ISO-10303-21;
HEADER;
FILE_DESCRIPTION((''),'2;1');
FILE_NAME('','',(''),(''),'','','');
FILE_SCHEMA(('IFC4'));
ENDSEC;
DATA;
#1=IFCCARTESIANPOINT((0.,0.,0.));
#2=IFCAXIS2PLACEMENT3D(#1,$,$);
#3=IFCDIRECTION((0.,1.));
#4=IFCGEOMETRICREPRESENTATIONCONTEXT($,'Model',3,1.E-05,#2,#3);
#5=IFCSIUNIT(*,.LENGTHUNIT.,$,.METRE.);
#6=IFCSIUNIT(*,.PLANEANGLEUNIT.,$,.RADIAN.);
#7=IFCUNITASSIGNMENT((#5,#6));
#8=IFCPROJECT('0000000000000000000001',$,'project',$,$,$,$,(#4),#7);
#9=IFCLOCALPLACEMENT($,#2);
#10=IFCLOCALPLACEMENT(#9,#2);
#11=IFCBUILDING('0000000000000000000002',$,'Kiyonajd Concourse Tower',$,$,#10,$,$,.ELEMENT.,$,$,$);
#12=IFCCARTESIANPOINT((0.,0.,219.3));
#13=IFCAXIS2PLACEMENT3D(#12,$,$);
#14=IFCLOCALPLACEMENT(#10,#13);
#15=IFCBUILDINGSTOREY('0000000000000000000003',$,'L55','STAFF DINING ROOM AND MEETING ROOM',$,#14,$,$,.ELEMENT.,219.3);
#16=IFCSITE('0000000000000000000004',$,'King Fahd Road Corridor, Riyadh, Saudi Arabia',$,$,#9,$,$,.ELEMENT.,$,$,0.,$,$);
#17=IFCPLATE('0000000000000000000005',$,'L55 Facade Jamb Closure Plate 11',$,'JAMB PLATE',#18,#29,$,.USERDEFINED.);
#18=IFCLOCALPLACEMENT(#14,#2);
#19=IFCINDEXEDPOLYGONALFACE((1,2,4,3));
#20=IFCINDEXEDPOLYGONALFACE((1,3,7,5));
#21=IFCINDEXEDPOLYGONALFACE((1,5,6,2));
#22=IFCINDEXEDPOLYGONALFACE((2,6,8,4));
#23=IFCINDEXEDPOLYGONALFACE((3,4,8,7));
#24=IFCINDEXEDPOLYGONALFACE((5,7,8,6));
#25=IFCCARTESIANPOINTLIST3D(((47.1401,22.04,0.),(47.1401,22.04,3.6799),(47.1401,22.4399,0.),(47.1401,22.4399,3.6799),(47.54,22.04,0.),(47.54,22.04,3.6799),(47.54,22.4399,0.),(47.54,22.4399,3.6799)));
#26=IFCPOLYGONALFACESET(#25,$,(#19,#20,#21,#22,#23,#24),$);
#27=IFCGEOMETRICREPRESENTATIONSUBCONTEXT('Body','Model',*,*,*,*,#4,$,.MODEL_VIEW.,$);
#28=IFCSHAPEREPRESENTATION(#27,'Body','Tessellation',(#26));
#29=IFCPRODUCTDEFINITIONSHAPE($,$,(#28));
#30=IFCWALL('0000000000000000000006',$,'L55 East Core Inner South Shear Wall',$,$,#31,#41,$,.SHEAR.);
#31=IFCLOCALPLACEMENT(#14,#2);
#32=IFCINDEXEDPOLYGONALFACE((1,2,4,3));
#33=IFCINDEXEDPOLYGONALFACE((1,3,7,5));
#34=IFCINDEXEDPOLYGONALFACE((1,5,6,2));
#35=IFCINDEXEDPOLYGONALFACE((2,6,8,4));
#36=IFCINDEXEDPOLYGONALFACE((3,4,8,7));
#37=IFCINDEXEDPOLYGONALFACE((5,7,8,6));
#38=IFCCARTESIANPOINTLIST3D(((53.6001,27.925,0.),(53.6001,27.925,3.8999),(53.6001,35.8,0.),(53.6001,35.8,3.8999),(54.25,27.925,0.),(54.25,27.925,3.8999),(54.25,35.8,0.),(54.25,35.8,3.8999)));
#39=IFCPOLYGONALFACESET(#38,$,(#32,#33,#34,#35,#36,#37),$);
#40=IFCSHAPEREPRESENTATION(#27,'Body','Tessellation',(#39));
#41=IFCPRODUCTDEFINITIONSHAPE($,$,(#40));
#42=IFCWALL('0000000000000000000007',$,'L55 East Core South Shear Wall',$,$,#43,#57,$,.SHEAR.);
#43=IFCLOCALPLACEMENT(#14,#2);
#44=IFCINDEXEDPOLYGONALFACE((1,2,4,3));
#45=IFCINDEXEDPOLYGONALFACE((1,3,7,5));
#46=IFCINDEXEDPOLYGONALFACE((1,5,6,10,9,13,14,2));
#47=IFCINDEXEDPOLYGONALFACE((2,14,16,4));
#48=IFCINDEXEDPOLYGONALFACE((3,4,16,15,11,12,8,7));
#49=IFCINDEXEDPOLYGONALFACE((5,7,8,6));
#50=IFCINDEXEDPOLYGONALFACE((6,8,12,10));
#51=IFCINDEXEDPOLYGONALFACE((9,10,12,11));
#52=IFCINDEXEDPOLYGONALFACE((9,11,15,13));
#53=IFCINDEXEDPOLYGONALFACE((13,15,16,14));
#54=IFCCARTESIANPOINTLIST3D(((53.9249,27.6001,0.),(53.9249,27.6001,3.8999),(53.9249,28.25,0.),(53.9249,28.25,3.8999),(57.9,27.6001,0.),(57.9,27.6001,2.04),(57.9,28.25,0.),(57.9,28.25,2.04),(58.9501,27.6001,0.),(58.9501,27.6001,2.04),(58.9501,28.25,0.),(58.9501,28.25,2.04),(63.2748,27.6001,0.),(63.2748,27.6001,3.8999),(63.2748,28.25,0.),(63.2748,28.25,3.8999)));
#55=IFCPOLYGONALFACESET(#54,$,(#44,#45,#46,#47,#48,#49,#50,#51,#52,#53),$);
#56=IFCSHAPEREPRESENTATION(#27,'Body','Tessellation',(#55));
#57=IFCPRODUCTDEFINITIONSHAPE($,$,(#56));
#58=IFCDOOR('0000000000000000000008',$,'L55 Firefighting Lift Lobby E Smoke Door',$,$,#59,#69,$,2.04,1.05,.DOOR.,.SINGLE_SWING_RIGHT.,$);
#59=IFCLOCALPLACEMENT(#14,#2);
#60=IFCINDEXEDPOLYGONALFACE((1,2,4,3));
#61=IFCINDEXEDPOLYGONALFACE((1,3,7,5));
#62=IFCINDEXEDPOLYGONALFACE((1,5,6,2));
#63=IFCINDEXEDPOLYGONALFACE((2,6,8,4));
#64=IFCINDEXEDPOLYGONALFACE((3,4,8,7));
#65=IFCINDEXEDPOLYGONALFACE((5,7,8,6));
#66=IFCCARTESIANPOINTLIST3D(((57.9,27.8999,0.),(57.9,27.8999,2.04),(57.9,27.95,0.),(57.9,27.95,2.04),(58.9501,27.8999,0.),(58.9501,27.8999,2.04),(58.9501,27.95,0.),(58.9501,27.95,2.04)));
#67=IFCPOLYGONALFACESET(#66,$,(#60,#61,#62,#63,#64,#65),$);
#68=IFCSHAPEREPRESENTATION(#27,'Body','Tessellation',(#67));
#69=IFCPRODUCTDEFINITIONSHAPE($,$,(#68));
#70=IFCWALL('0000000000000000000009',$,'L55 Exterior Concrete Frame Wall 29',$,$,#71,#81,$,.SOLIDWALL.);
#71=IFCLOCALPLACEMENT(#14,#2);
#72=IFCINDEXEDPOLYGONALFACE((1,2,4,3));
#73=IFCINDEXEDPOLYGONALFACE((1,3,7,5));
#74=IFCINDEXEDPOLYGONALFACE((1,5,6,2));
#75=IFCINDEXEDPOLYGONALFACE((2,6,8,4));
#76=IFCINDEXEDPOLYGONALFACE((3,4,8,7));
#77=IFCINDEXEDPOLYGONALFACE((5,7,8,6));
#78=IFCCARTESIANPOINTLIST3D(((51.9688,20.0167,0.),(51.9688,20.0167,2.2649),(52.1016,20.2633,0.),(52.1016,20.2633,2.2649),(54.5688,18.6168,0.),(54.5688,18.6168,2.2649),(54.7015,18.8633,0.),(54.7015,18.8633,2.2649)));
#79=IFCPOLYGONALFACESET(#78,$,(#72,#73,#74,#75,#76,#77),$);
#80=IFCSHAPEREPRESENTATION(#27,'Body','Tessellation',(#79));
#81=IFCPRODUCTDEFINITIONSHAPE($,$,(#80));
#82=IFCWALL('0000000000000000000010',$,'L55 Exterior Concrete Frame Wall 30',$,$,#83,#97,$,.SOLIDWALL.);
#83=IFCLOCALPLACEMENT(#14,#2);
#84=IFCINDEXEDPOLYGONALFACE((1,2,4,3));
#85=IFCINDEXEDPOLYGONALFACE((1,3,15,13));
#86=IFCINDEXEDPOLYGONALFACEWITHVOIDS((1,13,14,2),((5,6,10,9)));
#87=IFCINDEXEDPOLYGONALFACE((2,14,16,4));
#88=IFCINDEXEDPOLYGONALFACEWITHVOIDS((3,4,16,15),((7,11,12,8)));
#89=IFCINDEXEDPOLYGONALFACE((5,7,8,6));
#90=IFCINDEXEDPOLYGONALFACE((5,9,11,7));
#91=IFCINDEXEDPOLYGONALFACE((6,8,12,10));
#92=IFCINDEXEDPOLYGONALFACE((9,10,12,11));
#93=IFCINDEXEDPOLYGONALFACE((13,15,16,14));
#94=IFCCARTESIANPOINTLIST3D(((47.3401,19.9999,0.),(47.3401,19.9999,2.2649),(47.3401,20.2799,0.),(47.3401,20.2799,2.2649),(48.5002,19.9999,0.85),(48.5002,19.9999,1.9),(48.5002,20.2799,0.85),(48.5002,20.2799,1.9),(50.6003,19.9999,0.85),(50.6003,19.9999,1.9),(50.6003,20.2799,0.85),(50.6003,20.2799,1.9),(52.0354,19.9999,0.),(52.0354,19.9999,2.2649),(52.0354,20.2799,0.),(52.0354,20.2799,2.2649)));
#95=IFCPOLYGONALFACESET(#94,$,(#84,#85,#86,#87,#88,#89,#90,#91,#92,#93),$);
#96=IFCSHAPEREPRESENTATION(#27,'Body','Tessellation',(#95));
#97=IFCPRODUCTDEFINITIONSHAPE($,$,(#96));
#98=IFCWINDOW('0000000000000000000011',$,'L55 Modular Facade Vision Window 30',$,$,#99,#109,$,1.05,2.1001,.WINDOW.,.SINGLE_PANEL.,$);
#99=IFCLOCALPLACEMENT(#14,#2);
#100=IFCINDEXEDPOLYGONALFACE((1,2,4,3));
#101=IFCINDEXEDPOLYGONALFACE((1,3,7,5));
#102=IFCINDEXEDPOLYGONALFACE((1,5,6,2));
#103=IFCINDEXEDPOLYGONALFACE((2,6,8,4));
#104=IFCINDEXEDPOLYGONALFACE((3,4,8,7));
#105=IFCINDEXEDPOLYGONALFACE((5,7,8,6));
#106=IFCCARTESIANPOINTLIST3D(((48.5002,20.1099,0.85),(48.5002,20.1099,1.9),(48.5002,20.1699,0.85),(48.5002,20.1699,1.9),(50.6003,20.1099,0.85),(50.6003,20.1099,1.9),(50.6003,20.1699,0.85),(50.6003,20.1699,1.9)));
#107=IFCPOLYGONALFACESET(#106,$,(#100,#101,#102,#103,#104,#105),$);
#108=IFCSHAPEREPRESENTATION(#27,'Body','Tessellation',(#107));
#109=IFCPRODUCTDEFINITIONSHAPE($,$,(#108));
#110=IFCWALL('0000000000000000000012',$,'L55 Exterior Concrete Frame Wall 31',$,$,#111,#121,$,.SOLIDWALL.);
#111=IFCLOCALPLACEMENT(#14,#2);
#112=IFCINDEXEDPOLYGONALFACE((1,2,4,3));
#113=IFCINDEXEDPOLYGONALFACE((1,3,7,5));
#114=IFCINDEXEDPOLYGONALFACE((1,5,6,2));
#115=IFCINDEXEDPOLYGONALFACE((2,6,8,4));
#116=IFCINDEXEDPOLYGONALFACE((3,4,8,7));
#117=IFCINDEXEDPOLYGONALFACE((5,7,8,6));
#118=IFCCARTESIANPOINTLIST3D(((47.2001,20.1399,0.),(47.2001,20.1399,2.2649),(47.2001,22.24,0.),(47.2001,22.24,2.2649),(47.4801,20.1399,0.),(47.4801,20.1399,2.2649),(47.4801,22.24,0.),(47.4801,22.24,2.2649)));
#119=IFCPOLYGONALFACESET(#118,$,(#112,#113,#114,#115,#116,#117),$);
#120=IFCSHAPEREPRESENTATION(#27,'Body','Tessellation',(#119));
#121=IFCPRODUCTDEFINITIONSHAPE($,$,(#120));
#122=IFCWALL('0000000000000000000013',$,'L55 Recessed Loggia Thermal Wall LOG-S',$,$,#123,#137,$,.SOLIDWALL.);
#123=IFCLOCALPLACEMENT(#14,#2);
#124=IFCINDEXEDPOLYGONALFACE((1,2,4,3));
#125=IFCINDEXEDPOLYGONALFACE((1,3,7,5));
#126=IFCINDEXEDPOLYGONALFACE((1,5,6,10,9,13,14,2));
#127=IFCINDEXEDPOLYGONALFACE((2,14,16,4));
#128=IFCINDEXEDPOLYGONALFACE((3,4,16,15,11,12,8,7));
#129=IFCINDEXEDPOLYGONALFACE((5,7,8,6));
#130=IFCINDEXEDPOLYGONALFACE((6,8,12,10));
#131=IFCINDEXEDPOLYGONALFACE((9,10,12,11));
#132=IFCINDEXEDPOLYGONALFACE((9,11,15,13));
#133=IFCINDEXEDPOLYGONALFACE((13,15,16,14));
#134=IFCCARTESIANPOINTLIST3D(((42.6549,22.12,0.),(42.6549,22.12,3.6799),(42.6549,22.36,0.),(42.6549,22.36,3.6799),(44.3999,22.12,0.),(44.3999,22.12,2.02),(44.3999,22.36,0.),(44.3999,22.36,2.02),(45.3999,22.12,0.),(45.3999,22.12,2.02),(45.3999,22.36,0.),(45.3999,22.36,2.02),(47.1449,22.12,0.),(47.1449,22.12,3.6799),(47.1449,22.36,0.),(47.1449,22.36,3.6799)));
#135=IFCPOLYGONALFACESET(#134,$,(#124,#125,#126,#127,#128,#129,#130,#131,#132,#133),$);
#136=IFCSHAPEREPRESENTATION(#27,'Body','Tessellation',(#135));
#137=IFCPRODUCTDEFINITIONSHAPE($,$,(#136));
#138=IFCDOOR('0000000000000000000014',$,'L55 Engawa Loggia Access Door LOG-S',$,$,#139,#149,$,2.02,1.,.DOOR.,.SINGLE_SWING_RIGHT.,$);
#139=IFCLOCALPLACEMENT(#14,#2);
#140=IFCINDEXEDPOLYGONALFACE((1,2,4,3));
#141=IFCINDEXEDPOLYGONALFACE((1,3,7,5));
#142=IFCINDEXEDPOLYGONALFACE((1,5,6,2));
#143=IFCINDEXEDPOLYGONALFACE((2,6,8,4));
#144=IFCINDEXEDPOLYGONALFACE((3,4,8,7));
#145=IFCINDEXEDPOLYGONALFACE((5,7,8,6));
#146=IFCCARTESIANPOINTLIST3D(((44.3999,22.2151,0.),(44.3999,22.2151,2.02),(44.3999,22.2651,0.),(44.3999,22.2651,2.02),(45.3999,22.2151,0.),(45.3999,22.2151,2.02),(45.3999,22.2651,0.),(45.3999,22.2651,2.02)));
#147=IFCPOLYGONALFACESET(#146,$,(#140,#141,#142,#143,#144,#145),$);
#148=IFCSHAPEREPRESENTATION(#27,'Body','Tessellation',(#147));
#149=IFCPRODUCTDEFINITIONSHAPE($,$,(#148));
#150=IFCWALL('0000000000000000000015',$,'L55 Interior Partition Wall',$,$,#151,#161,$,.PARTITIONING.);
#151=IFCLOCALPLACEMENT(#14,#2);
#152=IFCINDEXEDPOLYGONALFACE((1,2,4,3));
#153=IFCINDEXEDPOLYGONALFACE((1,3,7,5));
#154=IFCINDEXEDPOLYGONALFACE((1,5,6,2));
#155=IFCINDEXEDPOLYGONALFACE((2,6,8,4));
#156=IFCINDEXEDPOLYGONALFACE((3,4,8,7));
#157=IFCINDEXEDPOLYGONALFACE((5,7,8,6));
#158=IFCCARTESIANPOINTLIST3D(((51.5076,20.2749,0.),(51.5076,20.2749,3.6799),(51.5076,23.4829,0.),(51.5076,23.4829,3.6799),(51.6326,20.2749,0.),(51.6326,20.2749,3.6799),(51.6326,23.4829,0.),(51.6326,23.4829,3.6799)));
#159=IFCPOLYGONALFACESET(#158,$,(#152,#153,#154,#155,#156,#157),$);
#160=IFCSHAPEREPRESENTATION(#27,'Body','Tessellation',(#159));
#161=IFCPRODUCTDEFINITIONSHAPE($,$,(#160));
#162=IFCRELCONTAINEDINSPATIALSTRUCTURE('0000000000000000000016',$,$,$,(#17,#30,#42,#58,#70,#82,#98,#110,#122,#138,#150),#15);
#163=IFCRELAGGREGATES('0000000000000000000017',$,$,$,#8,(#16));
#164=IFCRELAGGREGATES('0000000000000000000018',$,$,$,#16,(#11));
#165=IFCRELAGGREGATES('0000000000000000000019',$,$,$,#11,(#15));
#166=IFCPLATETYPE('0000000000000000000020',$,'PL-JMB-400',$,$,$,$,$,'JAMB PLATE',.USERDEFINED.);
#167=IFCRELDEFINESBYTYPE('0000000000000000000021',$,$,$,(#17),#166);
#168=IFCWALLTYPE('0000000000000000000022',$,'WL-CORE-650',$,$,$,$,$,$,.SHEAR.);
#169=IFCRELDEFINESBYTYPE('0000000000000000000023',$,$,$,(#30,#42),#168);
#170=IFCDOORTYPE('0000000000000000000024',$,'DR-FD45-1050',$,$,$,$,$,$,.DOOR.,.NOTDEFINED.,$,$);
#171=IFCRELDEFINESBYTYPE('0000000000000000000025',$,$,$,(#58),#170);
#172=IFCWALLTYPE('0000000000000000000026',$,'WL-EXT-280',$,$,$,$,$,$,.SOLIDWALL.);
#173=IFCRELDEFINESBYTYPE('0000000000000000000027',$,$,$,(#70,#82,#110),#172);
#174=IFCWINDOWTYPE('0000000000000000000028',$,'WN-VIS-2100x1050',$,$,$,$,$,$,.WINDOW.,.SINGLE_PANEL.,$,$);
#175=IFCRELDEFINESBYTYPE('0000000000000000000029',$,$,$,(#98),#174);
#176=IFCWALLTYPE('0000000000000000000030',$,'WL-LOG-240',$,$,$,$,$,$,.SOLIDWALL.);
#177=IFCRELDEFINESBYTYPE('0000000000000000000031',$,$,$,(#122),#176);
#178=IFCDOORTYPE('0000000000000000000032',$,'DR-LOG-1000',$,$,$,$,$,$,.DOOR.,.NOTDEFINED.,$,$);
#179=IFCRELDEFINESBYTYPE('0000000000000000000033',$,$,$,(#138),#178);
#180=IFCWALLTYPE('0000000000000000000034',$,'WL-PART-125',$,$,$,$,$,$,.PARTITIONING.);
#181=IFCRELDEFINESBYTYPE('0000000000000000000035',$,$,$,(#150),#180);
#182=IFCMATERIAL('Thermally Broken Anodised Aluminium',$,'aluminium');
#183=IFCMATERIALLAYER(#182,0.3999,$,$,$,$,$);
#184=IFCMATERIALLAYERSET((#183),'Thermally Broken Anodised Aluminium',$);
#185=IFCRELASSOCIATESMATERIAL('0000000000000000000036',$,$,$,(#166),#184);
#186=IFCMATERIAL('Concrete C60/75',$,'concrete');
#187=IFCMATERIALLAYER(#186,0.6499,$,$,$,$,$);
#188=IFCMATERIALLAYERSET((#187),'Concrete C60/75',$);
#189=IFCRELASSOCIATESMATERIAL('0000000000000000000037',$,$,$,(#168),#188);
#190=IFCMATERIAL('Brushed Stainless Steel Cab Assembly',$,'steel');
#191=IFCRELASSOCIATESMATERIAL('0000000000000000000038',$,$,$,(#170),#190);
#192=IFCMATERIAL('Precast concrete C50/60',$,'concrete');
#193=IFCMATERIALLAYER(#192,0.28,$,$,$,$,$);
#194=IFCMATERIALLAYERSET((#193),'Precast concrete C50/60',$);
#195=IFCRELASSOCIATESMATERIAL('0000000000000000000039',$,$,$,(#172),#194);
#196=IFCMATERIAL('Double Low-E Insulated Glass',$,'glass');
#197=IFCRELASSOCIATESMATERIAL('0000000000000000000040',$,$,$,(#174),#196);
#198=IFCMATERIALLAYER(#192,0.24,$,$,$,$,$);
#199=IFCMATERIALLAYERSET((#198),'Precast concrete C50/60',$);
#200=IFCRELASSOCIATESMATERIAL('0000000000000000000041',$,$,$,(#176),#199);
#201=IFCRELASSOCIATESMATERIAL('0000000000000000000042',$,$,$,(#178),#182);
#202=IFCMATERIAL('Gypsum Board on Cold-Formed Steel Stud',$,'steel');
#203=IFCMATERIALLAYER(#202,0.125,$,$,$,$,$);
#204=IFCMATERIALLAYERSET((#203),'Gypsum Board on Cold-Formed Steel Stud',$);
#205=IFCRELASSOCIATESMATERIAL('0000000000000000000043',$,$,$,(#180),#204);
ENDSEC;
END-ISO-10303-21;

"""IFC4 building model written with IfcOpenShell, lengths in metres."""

from ifc_helpers import new_model, si_unit, direction, frame, frame_2d, origin, origin_2d, place, context, subcontext, project, spatial, rectangle, extrude, material, layer, layer_set, type_object, element, fill, save


model = new_model("IFC4")

# Units and contexts
model_context = context("Model", 3, precision=1e-05, world=origin(), true_north=direction((0.0, 1.0)))
body_context = subcontext(model_context, "Body", "Model", "MODEL_VIEW")
ifc_project = project(units=[si_unit("LENGTHUNIT", "METRE"), si_unit("PLANEANGLEUNIT", "RADIAN")], contexts=[model_context])

# Site, building, storey
site_placement = place(None, origin())
site = spatial("IfcSite", under=ifc_project, at=site_placement, Name="King Fahd Road Corridor, Riyadh, Saudi Arabia", CompositionType="ELEMENT", RefElevation=0.0)
building_placement = place(site_placement, origin())
building = spatial("IfcBuilding", under=site, at=building_placement, Name="Kiyonajd Concourse Tower", CompositionType="ELEMENT")
storey_placement = place(building_placement, frame((0.0, 0.0, 219.3)))
storey = spatial("IfcBuildingStorey", under=building, at=storey_placement, Name="L55", Description="STAFF DINING ROOM AND MEETING ROOM", CompositionType="ELEMENT", Elevation=219.3)

# Shared definitions
ifc_material_1 = material(Name="Concrete C60/75", Category="concrete")

# Plate
ifc_material_2 = material(Name="Thermally Broken Anodised Aluminium", Category="aluminium")
ifc_layer_1 = layer(ifc_material_2, 0.3999)
ifc_layer_set_1 = layer_set([ifc_layer_1], Name="Thermally Broken Anodised Aluminium")
plate_type_1 = type_object("IfcPlateType", Name="PL-JMB-400", ElementType="JAMB PLATE", PredefinedType="USERDEFINED", material=ifc_layer_set_1)
plate_placement = place(storey_placement, frame((47.3401, 22.24, 0.0), z_axis=(0.0, 0.0, 1.0), x_axis=(1.0, 0.0, 0.0)))
element("IfcPlate", 1, at=plate_placement, inside=storey, type_object=plate_type_1, Name="L55 Facade Jamb Closure Plate 11", ObjectType="JAMB PLATE", PredefinedType="USERDEFINED", context=body_context, shape_type="SweptSolid", body=[
    extrude(rectangle(XDim=0.3999, YDim=0.3999, at=origin_2d()), origin(), (0.0, 0.0, 1.0), 3.6799),
])

# Wall
ifc_layer_2 = layer(ifc_material_1, 0.6499)
ifc_layer_set_2 = layer_set([ifc_layer_2], Name="Concrete C60/75")
wall_type_1 = type_object("IfcWallType", Name="WL-CORE-650", PredefinedType="SHEAR", material=ifc_layer_set_2)
wall_1_placement = place(storey_placement, frame((53.925, 27.925, 0.0), z_axis=(0.0, 0.0, 1.0), x_axis=(0.0, 1.0, 0.0)))
element("IfcWall", 2, at=wall_1_placement, inside=storey, type_object=wall_type_1, Name="L55 East Core Inner South Shear Wall", PredefinedType="SHEAR", context=body_context, shape_type="SweptSolid", body=[
    extrude(rectangle(XDim=7.875, YDim=0.6499, at=frame_2d((3.9375, 0.0))), origin(), (0.0, 0.0, 1.0), 3.8999),
])

# Wall, opening, door
wall_2_placement = place(storey_placement, frame((53.925, 27.925, 0.0), z_axis=(0.0, 0.0, 1.0), x_axis=(1.0, 0.0, 0.0)))
wall_2 = element("IfcWall", 3, at=wall_2_placement, inside=storey, type_object=wall_type_1, Name="L55 East Core South Shear Wall", PredefinedType="SHEAR", context=body_context, shape_type="SweptSolid", body=[
    extrude(rectangle(XDim=9.3499, YDim=0.6499, at=frame_2d((4.6748, 0.0))), origin(), (0.0, 0.0, 1.0), 3.8999),
])
opening_1_placement = place(wall_2_placement, frame((3.9751, 0.0, 0.0)))
opening_1 = element("IfcOpeningElement", 4, at=opening_1_placement, cuts=wall_2, PredefinedType="OPENING", context=body_context, shape_type="SweptSolid", body=[
    extrude(rectangle(XDim=1.05, YDim=2.04, at=frame_2d((0.5249, 1.02))), frame((0.0, 0.335, 0.0), z_axis=(0.0, -1.0, 0.0), x_axis=(1.0, 0.0, 0.0)), (0.0, 0.0, 1.0), 0.6699),
])
ifc_material_3 = material(Name="Brushed Stainless Steel Cab Assembly", Category="steel")
door_type_1 = type_object("IfcDoorType", Name="DR-FD45-1050", OperationType="NOTDEFINED", PredefinedType="DOOR", material=ifc_material_3)
door_1_placement = place(opening_1_placement, origin())
door_1 = element("IfcDoor", 5, at=door_1_placement, inside=storey, type_object=door_type_1, Name="L55 Firefighting Lift Lobby E Smoke Door", OperationType="SINGLE_SWING_RIGHT", OverallHeight=2.04, OverallWidth=1.05, PredefinedType="DOOR", context=body_context, shape_type="SweptSolid", body=[
    extrude(rectangle(XDim=1.05, YDim=2.04, at=frame_2d((0.5249, 1.02))), frame((0.0, 0.0249, 0.0), z_axis=(0.0, -1.0, 0.0), x_axis=(1.0, 0.0, 0.0)), (0.0, 0.0, 1.0), 0.05),
])
fill(opening_1, door_1)

# Wall
ifc_material_4 = material(Name="Precast concrete C50/60", Category="concrete")
ifc_layer_3 = layer(ifc_material_4, 0.28)
ifc_layer_set_3 = layer_set([ifc_layer_3], Name="Precast concrete C50/60")
wall_type_2 = type_object("IfcWallType", Name="WL-EXT-280", PredefinedType="SOLIDWALL", material=ifc_layer_set_3)
wall_3_placement = place(storey_placement, frame((54.6353, 18.74, 0.0), z_axis=(0.0, 0.0, 1.0), x_axis=(-0.880474, 0.474095, 0.0)))
element("IfcWall", 6, at=wall_3_placement, inside=storey, type_object=wall_type_2, Name="L55 Exterior Concrete Frame Wall 29", PredefinedType="SOLIDWALL", context=body_context, shape_type="SweptSolid", body=[
    extrude(rectangle(XDim=2.9529, YDim=0.28, at=frame_2d((1.4766, 0.0))), origin(), (0.0, 0.0, 1.0), 2.2649),
])

# Wall, opening, window
wall_4_placement = place(storey_placement, frame((52.0354, 20.1399, 0.0), z_axis=(0.0, 0.0, 1.0), x_axis=(-1.0, 0.0, 0.0)))
wall_4 = element("IfcWall", 7, at=wall_4_placement, inside=storey, type_object=wall_type_2, Name="L55 Exterior Concrete Frame Wall 30", PredefinedType="SOLIDWALL", context=body_context, shape_type="SweptSolid", body=[
    extrude(rectangle(XDim=4.6953, YDim=0.28, at=frame_2d((2.3477, 0.0))), origin(), (0.0, 0.0, 1.0), 2.2649),
])
opening_2_placement = place(wall_4_placement, frame((1.4351, 0.0, 0.8501)))
opening_2 = element("IfcOpeningElement", 8, at=opening_2_placement, cuts=wall_4, PredefinedType="OPENING", context=body_context, shape_type="SweptSolid", body=[
    extrude(rectangle(XDim=2.1001, YDim=1.05, at=frame_2d((1.05, 0.5249))), frame((0.0, 0.1499, 0.0), z_axis=(0.0, -1.0, 0.0), x_axis=(1.0, 0.0, 0.0)), (0.0, 0.0, 1.0), 0.3),
])
ifc_material_5 = material(Name="Double Low-E Insulated Glass", Category="glass")
window_type = type_object("IfcWindowType", Name="WN-VIS-2100x1050", PartitioningType="SINGLE_PANEL", PredefinedType="WINDOW", material=ifc_material_5)
window_placement = place(opening_2_placement, origin())
window = element("IfcWindow", 9, at=window_placement, inside=storey, type_object=window_type, Name="L55 Modular Facade Vision Window 30", OverallHeight=1.05, OverallWidth=2.1001, PartitioningType="SINGLE_PANEL", PredefinedType="WINDOW", context=body_context, shape_type="SweptSolid", body=[
    extrude(rectangle(XDim=2.1001, YDim=1.05, at=frame_2d((1.05, 0.5249))), frame((0.0, 0.03, 0.0), z_axis=(0.0, -1.0, 0.0), x_axis=(1.0, 0.0, 0.0)), (0.0, 0.0, 1.0), 0.0601),
])
fill(opening_2, window)

# Wall
wall_5_placement = place(storey_placement, frame((47.3401, 20.1399, 0.0), z_axis=(0.0, 0.0, 1.0), x_axis=(0.0, 1.0, 0.0)))
element("IfcWall", 10, at=wall_5_placement, inside=storey, type_object=wall_type_2, Name="L55 Exterior Concrete Frame Wall 31", PredefinedType="SOLIDWALL", context=body_context, shape_type="SweptSolid", body=[
    extrude(rectangle(XDim=2.1001, YDim=0.28, at=frame_2d((1.05, 0.0))), origin(), (0.0, 0.0, 1.0), 2.2649),
])

# Wall, opening, door
ifc_layer_4 = layer(ifc_material_4, 0.24)
ifc_layer_set_4 = layer_set([ifc_layer_4], Name="Precast concrete C50/60")
wall_type_3 = type_object("IfcWallType", Name="WL-LOG-240", PredefinedType="SOLIDWALL", material=ifc_layer_set_4)
wall_6_placement = place(storey_placement, frame((47.145, 22.24, 0.0), z_axis=(0.0, 0.0, 1.0), x_axis=(-1.0, 0.0, 0.0)))
wall_6 = element("IfcWall", 11, at=wall_6_placement, inside=storey, type_object=wall_type_3, Name="L55 Recessed Loggia Thermal Wall LOG-S", PredefinedType="SOLIDWALL", context=body_context, shape_type="SweptSolid", body=[
    extrude(rectangle(XDim=4.49, YDim=0.24, at=frame_2d((2.2451, 0.0))), origin(), (0.0, 0.0, 1.0), 3.6799),
])
opening_3_placement = place(wall_6_placement, frame((1.7451, 0.0, 0.0)))
opening_3 = element("IfcOpeningElement", 12, at=opening_3_placement, cuts=wall_6, PredefinedType="OPENING", context=body_context, shape_type="SweptSolid", body=[
    extrude(rectangle(XDim=1.0, YDim=2.02, at=frame_2d((0.5, 1.01))), frame((0.0, 0.1299, 0.0), z_axis=(0.0, -1.0, 0.0), x_axis=(1.0, 0.0, 0.0)), (0.0, 0.0, 1.0), 0.26),
])
door_type_2 = type_object("IfcDoorType", Name="DR-LOG-1000", OperationType="NOTDEFINED", PredefinedType="DOOR", material=ifc_material_2)
door_2_placement = place(opening_3_placement, origin())
door_2 = element("IfcDoor", 13, at=door_2_placement, inside=storey, type_object=door_type_2, Name="L55 Engawa Loggia Access Door LOG-S", OperationType="SINGLE_SWING_RIGHT", OverallHeight=2.02, OverallWidth=1.0, PredefinedType="DOOR", context=body_context, shape_type="SweptSolid", body=[
    extrude(rectangle(XDim=1.0, YDim=2.02, at=frame_2d((0.5, 1.01))), frame((0.0, 0.0249, 0.0), z_axis=(0.0, -1.0, 0.0), x_axis=(1.0, 0.0, 0.0)), (0.0, 0.0, 1.0), 0.05),
])
fill(opening_3, door_2)

# Wall
ifc_material_6 = material(Name="Gypsum Board on Cold-Formed Steel Stud", Category="steel")
ifc_layer_5 = layer(ifc_material_6, 0.125)
ifc_layer_set_5 = layer_set([ifc_layer_5], Name="Gypsum Board on Cold-Formed Steel Stud")
wall_type_4 = type_object("IfcWallType", Name="WL-PART-125", PredefinedType="PARTITIONING", material=ifc_layer_set_5)
wall_7_placement = place(storey_placement, frame((51.5701, 20.2749, 0.0), z_axis=(0.0, 0.0, 1.0), x_axis=(0.0, 1.0, 0.0)))
element("IfcWall", 14, at=wall_7_placement, inside=storey, type_object=wall_type_4, Name="L55 Interior Partition Wall", PredefinedType="PARTITIONING", context=body_context, shape_type="SweptSolid", body=[
    extrude(rectangle(XDim=3.208, YDim=0.125, at=frame_2d((1.604, 0.0))), origin(), (0.0, 0.0, 1.0), 3.6799),
])

save(model, "model.ifc")
